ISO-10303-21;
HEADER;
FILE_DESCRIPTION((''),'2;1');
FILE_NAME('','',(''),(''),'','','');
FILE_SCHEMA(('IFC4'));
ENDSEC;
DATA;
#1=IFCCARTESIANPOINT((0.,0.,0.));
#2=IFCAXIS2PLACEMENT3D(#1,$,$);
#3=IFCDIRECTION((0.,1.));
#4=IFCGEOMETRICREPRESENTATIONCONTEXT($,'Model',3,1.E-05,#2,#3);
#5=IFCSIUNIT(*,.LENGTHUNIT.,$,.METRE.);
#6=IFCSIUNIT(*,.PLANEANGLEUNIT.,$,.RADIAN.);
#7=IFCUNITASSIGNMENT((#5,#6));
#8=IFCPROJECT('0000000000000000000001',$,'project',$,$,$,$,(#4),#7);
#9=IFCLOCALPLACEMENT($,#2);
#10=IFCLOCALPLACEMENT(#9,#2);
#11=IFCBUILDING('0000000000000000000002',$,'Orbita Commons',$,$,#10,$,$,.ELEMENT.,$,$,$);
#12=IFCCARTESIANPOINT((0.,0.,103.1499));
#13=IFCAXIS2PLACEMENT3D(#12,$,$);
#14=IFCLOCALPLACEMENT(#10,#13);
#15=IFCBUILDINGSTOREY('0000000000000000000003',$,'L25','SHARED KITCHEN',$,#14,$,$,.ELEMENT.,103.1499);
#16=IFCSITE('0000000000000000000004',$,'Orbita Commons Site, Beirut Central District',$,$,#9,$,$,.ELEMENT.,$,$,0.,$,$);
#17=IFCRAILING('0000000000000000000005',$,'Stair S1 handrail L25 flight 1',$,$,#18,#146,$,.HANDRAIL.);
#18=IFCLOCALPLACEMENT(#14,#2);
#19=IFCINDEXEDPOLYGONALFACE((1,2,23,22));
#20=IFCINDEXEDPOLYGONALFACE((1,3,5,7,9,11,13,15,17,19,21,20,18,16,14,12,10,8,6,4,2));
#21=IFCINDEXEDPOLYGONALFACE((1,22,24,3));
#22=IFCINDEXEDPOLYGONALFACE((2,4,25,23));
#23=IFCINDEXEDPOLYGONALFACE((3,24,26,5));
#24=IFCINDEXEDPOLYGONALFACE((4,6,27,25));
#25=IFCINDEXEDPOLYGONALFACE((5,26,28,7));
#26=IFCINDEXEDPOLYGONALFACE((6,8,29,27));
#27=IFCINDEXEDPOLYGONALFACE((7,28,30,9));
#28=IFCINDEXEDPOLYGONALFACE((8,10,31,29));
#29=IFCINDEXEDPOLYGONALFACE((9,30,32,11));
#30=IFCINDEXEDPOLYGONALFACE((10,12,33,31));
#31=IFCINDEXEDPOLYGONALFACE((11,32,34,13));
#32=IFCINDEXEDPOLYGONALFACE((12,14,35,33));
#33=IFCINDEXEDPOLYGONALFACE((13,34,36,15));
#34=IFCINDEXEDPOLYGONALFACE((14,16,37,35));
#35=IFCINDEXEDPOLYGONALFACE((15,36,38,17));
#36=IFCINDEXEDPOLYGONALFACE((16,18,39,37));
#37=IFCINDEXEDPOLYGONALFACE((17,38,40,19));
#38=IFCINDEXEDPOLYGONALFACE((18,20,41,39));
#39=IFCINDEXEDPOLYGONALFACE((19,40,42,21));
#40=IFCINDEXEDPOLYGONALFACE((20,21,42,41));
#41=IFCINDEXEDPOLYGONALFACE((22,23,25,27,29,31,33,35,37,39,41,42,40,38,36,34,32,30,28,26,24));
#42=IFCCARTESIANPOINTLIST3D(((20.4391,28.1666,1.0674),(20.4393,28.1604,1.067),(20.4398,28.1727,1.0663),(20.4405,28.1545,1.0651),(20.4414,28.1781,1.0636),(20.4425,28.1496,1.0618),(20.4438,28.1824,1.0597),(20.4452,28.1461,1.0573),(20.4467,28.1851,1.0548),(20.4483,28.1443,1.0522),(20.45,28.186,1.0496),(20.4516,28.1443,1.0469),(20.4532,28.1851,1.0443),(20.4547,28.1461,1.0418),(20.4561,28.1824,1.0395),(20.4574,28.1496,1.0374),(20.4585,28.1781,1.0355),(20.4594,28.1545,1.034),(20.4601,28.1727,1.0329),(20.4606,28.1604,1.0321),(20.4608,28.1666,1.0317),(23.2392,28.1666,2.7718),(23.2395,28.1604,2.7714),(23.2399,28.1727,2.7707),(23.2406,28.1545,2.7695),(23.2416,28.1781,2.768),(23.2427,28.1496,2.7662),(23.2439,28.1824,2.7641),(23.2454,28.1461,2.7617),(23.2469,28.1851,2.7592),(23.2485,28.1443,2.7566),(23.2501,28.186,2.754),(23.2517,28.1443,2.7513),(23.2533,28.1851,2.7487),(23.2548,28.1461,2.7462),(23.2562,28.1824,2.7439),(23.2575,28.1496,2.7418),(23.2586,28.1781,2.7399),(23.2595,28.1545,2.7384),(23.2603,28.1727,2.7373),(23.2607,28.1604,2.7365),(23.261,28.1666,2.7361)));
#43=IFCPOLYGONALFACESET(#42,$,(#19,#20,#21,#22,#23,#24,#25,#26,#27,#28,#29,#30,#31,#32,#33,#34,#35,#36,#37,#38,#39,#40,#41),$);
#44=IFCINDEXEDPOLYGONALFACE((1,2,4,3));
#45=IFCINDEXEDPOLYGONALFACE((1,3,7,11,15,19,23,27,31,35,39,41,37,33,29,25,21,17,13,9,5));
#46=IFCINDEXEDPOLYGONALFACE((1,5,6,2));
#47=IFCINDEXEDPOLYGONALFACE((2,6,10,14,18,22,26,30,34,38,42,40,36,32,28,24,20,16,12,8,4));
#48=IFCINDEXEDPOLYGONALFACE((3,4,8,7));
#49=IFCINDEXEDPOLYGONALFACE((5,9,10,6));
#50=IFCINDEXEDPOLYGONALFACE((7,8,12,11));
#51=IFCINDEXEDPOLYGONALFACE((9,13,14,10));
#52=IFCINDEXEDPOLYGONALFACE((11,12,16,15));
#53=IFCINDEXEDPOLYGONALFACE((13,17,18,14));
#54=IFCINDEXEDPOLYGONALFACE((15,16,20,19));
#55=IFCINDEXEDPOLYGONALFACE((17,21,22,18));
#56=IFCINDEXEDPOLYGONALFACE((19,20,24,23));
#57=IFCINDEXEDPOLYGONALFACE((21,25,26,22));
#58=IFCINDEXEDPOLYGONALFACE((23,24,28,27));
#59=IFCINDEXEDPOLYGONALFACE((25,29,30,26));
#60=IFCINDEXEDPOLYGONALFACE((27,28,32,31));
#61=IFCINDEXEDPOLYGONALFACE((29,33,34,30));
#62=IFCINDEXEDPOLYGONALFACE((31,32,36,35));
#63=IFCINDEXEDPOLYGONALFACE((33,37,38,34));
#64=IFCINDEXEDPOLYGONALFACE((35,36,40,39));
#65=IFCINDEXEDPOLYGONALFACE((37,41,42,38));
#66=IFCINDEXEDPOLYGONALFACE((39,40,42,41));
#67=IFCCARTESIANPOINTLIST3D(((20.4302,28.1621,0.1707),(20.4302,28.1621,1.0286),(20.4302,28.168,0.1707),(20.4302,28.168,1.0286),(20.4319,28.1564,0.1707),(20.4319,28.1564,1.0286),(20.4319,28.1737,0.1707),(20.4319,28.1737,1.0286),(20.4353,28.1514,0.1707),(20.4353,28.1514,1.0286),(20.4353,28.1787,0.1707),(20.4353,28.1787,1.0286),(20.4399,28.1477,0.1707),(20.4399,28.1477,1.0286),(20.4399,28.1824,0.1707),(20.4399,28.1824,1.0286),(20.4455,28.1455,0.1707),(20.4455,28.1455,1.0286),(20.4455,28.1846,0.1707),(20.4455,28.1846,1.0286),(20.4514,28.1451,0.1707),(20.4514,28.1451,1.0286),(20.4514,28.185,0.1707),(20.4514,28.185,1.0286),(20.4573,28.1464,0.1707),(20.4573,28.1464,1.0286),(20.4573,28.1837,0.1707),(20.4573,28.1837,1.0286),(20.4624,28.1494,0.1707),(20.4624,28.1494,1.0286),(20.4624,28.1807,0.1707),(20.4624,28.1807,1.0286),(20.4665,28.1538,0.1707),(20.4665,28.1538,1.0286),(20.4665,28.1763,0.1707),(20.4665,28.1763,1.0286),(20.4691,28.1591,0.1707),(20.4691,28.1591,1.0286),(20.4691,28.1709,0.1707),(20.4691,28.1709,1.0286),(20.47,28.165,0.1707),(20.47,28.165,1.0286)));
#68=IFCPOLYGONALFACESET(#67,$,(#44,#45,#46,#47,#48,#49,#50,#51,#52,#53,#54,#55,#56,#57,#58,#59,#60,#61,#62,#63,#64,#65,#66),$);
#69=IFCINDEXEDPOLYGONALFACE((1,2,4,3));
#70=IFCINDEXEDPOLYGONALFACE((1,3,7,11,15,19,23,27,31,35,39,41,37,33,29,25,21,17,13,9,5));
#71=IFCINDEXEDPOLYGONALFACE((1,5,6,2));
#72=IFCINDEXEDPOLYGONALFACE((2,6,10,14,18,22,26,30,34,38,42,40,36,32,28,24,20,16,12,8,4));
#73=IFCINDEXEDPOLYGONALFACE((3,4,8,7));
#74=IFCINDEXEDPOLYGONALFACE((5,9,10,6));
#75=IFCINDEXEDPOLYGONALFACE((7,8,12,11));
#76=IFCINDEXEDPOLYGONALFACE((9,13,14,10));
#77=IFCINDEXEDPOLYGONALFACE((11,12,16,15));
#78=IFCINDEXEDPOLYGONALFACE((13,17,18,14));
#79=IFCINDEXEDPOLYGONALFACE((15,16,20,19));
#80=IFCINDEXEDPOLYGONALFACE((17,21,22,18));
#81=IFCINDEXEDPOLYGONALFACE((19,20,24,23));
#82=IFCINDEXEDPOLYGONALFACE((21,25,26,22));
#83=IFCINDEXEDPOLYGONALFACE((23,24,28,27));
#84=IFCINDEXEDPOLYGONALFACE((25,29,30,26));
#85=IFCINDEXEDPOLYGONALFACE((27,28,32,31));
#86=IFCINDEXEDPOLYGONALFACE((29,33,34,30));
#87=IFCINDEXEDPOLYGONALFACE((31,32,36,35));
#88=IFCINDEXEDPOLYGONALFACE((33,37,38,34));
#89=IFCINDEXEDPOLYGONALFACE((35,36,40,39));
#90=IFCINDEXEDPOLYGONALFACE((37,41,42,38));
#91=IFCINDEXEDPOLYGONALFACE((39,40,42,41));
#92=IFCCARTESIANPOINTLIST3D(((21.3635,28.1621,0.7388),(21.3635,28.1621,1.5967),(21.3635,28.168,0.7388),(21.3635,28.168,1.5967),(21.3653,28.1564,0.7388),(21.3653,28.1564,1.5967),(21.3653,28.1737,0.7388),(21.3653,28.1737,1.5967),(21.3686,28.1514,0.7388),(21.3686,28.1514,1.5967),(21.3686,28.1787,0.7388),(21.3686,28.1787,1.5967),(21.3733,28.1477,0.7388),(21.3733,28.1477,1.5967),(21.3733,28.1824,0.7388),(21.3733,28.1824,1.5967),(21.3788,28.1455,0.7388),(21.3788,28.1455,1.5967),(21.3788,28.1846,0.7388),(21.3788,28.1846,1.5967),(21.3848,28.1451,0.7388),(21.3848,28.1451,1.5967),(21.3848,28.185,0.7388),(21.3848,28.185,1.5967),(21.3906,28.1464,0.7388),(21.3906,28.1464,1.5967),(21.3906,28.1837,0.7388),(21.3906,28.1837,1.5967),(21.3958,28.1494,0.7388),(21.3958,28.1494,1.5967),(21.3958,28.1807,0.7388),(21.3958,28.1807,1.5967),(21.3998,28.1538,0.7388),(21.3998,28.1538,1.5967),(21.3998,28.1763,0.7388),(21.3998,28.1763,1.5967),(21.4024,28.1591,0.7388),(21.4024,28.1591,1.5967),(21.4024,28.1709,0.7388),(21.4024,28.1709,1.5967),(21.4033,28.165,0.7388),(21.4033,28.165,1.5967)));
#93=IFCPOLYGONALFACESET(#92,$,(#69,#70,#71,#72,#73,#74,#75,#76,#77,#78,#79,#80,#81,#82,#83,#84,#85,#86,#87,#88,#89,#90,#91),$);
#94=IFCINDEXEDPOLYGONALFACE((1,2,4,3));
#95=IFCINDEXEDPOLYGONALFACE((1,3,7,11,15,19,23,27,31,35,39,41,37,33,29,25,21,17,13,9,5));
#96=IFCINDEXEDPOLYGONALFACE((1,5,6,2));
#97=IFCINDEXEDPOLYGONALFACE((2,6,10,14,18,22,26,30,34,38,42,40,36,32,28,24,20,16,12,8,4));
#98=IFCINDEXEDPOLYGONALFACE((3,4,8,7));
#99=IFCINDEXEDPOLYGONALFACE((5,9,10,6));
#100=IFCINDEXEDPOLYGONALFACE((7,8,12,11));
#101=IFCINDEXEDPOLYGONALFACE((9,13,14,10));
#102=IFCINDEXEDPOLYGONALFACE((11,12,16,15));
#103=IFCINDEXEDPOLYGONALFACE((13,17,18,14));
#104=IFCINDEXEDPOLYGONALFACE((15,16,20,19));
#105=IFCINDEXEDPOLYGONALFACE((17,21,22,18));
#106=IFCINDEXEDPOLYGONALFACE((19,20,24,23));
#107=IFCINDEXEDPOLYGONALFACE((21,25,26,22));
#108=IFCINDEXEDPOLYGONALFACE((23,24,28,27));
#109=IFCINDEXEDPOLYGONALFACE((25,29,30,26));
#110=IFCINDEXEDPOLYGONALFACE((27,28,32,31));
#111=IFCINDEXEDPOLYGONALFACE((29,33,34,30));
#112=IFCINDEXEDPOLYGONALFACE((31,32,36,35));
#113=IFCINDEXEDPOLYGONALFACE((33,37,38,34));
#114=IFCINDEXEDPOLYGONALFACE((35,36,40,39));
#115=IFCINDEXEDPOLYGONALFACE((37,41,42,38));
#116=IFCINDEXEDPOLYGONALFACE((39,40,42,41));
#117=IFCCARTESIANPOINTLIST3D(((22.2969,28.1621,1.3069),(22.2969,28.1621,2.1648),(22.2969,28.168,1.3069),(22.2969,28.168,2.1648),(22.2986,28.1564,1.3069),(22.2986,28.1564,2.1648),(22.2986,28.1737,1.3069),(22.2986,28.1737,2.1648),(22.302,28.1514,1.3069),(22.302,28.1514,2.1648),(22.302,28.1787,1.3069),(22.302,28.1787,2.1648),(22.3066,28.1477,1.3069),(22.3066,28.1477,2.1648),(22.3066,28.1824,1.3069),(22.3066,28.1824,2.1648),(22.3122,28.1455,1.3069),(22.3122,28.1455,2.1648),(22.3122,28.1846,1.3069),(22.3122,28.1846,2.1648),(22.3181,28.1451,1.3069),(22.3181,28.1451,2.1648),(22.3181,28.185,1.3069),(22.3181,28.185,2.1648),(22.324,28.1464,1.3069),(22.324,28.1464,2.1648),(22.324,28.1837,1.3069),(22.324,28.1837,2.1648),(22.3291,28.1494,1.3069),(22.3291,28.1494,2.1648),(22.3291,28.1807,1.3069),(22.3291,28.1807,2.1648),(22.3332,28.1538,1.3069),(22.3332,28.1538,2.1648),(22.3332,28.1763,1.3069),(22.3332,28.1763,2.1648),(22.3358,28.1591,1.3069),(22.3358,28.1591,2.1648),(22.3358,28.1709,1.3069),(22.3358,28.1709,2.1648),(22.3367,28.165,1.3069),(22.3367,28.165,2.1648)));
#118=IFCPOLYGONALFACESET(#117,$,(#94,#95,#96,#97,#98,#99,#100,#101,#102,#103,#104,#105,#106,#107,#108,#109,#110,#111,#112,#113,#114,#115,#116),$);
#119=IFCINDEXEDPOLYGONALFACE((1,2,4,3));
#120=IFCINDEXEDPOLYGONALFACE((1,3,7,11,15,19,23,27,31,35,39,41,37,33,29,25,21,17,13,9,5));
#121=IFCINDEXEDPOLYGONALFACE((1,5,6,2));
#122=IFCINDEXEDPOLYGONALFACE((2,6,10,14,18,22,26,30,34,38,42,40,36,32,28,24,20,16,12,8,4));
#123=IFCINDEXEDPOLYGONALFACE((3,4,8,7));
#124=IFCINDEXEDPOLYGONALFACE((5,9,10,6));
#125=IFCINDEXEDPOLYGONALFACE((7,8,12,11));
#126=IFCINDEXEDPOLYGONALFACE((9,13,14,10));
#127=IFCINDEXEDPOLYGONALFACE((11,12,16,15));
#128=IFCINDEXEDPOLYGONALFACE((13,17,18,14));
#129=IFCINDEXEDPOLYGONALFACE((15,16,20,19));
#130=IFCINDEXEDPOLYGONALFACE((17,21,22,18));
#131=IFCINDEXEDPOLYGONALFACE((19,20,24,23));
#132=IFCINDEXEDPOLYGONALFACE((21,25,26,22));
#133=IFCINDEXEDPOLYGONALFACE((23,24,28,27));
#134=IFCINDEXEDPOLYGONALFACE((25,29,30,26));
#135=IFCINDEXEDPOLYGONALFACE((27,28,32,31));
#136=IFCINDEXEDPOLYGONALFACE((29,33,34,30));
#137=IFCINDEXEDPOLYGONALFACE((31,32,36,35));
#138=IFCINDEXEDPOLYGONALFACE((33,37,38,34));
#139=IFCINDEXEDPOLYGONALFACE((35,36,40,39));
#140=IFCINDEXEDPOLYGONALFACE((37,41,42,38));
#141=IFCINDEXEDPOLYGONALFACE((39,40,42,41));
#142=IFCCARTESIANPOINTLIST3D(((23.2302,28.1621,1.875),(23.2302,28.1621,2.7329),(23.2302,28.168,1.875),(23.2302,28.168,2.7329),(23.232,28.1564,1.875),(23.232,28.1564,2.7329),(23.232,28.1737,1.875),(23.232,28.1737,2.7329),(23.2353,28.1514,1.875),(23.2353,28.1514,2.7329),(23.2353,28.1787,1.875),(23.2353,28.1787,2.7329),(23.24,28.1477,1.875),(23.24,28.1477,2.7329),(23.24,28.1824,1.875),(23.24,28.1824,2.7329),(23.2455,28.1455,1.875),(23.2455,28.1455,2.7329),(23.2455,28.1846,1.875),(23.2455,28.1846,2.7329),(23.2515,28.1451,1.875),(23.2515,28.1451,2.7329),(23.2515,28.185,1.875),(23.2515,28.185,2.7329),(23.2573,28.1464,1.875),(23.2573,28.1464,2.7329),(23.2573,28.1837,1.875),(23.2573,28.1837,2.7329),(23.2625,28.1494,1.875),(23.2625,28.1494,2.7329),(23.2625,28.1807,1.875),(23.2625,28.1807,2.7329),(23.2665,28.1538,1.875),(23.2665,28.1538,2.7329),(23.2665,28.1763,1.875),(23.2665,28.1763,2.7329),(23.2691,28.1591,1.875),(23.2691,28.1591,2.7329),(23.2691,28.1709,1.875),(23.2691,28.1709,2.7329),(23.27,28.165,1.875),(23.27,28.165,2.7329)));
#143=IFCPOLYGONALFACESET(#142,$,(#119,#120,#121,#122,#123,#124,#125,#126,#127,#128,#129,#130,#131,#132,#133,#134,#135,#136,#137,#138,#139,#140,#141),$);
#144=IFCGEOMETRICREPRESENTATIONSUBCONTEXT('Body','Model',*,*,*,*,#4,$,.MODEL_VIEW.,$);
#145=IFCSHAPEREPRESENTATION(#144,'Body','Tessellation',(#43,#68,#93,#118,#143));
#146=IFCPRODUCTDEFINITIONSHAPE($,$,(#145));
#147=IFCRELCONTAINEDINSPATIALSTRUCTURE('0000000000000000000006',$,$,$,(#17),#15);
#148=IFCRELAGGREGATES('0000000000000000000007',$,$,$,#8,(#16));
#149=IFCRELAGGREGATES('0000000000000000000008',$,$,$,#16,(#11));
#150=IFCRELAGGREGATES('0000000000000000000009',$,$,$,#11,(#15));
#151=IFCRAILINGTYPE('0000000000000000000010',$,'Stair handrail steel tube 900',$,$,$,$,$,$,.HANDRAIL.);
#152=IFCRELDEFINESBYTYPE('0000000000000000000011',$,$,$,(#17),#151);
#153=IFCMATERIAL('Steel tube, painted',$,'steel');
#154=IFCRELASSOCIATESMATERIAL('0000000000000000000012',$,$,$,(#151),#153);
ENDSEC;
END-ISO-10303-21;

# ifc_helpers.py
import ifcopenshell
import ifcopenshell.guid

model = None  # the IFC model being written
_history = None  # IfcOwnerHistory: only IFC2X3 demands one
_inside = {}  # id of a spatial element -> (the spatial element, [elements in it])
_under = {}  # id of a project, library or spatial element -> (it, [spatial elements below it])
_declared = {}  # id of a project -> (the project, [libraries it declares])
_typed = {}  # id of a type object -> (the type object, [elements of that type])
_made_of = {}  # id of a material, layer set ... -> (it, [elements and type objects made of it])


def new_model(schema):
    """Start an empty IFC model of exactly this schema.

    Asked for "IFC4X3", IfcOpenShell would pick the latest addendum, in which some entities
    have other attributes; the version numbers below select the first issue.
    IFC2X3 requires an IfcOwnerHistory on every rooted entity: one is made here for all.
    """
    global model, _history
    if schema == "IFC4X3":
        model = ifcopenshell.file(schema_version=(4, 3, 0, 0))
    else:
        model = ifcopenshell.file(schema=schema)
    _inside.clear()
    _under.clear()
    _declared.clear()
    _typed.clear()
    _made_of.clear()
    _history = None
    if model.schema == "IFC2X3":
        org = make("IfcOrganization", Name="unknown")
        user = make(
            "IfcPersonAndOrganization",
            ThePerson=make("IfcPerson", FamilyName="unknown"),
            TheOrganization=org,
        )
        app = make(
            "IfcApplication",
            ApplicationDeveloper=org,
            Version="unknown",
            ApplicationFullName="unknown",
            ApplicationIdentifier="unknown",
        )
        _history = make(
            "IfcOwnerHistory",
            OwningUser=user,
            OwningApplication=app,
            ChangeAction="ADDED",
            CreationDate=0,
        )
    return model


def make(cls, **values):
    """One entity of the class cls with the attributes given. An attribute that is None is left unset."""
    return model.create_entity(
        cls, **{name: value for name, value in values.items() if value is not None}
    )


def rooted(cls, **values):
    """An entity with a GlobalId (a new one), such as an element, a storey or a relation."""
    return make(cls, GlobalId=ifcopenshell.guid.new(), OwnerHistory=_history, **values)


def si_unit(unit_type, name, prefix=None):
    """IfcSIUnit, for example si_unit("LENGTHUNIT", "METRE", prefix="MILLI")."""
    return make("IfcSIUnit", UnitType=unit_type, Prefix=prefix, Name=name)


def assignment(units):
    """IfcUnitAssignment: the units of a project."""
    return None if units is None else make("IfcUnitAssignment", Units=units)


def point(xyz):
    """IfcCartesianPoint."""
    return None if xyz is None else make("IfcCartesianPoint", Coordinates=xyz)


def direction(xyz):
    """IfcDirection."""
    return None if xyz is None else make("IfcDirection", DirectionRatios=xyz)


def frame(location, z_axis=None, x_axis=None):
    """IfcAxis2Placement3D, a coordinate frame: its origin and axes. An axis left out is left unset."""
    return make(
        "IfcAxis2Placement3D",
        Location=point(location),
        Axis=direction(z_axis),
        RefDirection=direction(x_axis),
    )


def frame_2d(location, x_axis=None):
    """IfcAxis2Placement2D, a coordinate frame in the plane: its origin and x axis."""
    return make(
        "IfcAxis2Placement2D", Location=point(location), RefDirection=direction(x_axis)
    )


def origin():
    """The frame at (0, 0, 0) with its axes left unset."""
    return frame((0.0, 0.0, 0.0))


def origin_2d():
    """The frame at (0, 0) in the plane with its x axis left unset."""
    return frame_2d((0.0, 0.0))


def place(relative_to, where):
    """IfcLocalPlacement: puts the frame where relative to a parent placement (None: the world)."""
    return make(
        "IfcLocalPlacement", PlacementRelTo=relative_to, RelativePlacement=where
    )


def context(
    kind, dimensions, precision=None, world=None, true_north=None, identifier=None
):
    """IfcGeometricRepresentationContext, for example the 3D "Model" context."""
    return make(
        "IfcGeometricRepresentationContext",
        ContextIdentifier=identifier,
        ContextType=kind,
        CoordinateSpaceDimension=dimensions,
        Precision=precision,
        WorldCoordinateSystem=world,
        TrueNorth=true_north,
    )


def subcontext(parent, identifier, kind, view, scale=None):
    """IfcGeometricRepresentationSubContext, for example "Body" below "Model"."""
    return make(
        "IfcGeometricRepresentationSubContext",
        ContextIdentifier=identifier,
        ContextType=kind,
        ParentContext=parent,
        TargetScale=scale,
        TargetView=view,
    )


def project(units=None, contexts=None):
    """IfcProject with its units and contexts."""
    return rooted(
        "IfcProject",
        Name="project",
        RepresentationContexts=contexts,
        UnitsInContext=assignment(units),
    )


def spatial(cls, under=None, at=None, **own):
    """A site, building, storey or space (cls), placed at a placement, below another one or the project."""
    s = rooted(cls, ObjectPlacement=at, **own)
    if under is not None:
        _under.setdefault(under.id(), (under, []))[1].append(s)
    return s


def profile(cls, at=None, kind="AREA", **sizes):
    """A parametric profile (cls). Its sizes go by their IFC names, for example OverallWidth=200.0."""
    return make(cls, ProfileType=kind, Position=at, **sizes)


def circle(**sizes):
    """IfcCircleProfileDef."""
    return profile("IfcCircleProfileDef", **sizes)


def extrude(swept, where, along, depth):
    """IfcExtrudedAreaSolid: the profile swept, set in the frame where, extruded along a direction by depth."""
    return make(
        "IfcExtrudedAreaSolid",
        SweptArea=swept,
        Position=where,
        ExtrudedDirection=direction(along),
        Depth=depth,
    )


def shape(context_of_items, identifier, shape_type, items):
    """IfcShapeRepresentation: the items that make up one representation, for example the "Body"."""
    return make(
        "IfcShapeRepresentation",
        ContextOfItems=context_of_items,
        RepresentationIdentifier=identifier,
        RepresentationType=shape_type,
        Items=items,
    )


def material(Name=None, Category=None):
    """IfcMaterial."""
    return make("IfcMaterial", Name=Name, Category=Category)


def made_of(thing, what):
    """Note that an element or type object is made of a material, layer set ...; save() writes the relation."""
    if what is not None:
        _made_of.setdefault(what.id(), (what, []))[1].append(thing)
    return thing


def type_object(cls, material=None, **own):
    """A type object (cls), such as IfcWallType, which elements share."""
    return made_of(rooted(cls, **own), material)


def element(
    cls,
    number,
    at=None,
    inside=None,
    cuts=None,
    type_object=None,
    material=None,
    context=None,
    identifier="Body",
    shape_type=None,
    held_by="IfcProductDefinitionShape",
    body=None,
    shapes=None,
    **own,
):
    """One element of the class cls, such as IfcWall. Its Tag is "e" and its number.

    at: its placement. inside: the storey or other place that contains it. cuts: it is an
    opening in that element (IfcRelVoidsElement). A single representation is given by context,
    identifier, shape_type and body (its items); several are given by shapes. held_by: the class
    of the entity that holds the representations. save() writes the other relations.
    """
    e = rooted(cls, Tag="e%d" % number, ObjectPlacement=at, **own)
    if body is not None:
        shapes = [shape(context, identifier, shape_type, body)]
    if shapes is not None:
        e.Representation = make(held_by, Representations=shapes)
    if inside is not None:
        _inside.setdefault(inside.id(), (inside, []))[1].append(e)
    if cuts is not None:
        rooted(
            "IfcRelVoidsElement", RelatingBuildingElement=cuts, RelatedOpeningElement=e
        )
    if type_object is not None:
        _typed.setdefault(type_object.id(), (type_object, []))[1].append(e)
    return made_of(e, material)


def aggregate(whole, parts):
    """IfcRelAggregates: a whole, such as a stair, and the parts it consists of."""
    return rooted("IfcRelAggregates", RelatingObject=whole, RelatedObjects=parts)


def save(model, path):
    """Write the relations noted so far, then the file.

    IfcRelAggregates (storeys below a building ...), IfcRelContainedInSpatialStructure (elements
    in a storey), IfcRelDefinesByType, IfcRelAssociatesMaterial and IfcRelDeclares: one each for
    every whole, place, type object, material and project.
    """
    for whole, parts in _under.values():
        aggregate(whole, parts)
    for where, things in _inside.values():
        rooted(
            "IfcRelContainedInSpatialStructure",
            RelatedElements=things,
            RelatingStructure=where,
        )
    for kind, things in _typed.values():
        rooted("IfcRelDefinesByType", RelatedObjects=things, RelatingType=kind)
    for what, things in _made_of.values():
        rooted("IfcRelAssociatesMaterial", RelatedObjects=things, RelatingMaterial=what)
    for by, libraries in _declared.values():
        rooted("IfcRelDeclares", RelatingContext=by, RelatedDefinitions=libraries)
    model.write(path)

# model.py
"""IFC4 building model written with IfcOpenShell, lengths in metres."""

from ifc_helpers import new_model, si_unit, direction, frame, origin, origin_2d, place, context, subcontext, project, spatial, circle, extrude, material, type_object, element, save


model = new_model("IFC4")

# Units and contexts
model_context = context("Model", 3, precision=1e-05, world=origin(), true_north=direction((0.0, 1.0)))
body_context = subcontext(model_context, "Body", "Model", "MODEL_VIEW")
ifc_project = project(units=[si_unit("LENGTHUNIT", "METRE"), si_unit("PLANEANGLEUNIT", "RADIAN")], contexts=[model_context])

# Site, building, storey
site_placement = place(None, origin())
site = spatial("IfcSite", under=ifc_project, at=site_placement, Name="Orbita Commons Site, Beirut Central District", CompositionType="ELEMENT", RefElevation=0.0)
building_placement = place(site_placement, origin())
building = spatial("IfcBuilding", under=site, at=building_placement, Name="Orbita Commons", CompositionType="ELEMENT")
storey_placement = place(building_placement, frame((0.0, 0.0, 103.1499)))
storey = spatial("IfcBuildingStorey", under=building, at=storey_placement, Name="L25", Description="SHARED KITCHEN", CompositionType="ELEMENT", Elevation=103.1499)

# Railing
ifc_material = material(Name="Steel tube, painted", Category="steel")
railing_type = type_object("IfcRailingType", Name="Stair handrail steel tube 900", PredefinedType="HANDRAIL", material=ifc_material)
railing_placement = place(storey_placement, frame((20.45, 28.165, 0.1707)))
element("IfcRailing", 1, at=railing_placement, inside=storey, type_object=railing_type, Name="Stair S1 handrail L25 flight 1", PredefinedType="HANDRAIL", context=body_context, shape_type="SweptSolid", body=[
    extrude(circle(Radius=0.021, at=origin_2d()), frame((0.0, 0.0, 0.8789), z_axis=(0.854203, 0.0, 0.51994), x_axis=(0.0, 1.0, 0.0)), (0.0, 0.0, 1.0), 3.2781),
    extrude(circle(Radius=0.02, at=origin_2d()), origin(), (0.0, 0.0, 1.0), 0.8579),
    extrude(circle(Radius=0.02, at=origin_2d()), frame((0.9333, 0.0, 0.5681)), (0.0, 0.0, 1.0), 0.8579),
    extrude(circle(Radius=0.02, at=origin_2d()), frame((1.8667, 0.0, 1.1362)), (0.0, 0.0, 1.0), 0.8579),
    extrude(circle(Radius=0.02, at=origin_2d()), frame((2.8, 0.0, 1.7043)), (0.0, 0.0, 1.0), 0.8579),
])

save(model, "model.ifc")
